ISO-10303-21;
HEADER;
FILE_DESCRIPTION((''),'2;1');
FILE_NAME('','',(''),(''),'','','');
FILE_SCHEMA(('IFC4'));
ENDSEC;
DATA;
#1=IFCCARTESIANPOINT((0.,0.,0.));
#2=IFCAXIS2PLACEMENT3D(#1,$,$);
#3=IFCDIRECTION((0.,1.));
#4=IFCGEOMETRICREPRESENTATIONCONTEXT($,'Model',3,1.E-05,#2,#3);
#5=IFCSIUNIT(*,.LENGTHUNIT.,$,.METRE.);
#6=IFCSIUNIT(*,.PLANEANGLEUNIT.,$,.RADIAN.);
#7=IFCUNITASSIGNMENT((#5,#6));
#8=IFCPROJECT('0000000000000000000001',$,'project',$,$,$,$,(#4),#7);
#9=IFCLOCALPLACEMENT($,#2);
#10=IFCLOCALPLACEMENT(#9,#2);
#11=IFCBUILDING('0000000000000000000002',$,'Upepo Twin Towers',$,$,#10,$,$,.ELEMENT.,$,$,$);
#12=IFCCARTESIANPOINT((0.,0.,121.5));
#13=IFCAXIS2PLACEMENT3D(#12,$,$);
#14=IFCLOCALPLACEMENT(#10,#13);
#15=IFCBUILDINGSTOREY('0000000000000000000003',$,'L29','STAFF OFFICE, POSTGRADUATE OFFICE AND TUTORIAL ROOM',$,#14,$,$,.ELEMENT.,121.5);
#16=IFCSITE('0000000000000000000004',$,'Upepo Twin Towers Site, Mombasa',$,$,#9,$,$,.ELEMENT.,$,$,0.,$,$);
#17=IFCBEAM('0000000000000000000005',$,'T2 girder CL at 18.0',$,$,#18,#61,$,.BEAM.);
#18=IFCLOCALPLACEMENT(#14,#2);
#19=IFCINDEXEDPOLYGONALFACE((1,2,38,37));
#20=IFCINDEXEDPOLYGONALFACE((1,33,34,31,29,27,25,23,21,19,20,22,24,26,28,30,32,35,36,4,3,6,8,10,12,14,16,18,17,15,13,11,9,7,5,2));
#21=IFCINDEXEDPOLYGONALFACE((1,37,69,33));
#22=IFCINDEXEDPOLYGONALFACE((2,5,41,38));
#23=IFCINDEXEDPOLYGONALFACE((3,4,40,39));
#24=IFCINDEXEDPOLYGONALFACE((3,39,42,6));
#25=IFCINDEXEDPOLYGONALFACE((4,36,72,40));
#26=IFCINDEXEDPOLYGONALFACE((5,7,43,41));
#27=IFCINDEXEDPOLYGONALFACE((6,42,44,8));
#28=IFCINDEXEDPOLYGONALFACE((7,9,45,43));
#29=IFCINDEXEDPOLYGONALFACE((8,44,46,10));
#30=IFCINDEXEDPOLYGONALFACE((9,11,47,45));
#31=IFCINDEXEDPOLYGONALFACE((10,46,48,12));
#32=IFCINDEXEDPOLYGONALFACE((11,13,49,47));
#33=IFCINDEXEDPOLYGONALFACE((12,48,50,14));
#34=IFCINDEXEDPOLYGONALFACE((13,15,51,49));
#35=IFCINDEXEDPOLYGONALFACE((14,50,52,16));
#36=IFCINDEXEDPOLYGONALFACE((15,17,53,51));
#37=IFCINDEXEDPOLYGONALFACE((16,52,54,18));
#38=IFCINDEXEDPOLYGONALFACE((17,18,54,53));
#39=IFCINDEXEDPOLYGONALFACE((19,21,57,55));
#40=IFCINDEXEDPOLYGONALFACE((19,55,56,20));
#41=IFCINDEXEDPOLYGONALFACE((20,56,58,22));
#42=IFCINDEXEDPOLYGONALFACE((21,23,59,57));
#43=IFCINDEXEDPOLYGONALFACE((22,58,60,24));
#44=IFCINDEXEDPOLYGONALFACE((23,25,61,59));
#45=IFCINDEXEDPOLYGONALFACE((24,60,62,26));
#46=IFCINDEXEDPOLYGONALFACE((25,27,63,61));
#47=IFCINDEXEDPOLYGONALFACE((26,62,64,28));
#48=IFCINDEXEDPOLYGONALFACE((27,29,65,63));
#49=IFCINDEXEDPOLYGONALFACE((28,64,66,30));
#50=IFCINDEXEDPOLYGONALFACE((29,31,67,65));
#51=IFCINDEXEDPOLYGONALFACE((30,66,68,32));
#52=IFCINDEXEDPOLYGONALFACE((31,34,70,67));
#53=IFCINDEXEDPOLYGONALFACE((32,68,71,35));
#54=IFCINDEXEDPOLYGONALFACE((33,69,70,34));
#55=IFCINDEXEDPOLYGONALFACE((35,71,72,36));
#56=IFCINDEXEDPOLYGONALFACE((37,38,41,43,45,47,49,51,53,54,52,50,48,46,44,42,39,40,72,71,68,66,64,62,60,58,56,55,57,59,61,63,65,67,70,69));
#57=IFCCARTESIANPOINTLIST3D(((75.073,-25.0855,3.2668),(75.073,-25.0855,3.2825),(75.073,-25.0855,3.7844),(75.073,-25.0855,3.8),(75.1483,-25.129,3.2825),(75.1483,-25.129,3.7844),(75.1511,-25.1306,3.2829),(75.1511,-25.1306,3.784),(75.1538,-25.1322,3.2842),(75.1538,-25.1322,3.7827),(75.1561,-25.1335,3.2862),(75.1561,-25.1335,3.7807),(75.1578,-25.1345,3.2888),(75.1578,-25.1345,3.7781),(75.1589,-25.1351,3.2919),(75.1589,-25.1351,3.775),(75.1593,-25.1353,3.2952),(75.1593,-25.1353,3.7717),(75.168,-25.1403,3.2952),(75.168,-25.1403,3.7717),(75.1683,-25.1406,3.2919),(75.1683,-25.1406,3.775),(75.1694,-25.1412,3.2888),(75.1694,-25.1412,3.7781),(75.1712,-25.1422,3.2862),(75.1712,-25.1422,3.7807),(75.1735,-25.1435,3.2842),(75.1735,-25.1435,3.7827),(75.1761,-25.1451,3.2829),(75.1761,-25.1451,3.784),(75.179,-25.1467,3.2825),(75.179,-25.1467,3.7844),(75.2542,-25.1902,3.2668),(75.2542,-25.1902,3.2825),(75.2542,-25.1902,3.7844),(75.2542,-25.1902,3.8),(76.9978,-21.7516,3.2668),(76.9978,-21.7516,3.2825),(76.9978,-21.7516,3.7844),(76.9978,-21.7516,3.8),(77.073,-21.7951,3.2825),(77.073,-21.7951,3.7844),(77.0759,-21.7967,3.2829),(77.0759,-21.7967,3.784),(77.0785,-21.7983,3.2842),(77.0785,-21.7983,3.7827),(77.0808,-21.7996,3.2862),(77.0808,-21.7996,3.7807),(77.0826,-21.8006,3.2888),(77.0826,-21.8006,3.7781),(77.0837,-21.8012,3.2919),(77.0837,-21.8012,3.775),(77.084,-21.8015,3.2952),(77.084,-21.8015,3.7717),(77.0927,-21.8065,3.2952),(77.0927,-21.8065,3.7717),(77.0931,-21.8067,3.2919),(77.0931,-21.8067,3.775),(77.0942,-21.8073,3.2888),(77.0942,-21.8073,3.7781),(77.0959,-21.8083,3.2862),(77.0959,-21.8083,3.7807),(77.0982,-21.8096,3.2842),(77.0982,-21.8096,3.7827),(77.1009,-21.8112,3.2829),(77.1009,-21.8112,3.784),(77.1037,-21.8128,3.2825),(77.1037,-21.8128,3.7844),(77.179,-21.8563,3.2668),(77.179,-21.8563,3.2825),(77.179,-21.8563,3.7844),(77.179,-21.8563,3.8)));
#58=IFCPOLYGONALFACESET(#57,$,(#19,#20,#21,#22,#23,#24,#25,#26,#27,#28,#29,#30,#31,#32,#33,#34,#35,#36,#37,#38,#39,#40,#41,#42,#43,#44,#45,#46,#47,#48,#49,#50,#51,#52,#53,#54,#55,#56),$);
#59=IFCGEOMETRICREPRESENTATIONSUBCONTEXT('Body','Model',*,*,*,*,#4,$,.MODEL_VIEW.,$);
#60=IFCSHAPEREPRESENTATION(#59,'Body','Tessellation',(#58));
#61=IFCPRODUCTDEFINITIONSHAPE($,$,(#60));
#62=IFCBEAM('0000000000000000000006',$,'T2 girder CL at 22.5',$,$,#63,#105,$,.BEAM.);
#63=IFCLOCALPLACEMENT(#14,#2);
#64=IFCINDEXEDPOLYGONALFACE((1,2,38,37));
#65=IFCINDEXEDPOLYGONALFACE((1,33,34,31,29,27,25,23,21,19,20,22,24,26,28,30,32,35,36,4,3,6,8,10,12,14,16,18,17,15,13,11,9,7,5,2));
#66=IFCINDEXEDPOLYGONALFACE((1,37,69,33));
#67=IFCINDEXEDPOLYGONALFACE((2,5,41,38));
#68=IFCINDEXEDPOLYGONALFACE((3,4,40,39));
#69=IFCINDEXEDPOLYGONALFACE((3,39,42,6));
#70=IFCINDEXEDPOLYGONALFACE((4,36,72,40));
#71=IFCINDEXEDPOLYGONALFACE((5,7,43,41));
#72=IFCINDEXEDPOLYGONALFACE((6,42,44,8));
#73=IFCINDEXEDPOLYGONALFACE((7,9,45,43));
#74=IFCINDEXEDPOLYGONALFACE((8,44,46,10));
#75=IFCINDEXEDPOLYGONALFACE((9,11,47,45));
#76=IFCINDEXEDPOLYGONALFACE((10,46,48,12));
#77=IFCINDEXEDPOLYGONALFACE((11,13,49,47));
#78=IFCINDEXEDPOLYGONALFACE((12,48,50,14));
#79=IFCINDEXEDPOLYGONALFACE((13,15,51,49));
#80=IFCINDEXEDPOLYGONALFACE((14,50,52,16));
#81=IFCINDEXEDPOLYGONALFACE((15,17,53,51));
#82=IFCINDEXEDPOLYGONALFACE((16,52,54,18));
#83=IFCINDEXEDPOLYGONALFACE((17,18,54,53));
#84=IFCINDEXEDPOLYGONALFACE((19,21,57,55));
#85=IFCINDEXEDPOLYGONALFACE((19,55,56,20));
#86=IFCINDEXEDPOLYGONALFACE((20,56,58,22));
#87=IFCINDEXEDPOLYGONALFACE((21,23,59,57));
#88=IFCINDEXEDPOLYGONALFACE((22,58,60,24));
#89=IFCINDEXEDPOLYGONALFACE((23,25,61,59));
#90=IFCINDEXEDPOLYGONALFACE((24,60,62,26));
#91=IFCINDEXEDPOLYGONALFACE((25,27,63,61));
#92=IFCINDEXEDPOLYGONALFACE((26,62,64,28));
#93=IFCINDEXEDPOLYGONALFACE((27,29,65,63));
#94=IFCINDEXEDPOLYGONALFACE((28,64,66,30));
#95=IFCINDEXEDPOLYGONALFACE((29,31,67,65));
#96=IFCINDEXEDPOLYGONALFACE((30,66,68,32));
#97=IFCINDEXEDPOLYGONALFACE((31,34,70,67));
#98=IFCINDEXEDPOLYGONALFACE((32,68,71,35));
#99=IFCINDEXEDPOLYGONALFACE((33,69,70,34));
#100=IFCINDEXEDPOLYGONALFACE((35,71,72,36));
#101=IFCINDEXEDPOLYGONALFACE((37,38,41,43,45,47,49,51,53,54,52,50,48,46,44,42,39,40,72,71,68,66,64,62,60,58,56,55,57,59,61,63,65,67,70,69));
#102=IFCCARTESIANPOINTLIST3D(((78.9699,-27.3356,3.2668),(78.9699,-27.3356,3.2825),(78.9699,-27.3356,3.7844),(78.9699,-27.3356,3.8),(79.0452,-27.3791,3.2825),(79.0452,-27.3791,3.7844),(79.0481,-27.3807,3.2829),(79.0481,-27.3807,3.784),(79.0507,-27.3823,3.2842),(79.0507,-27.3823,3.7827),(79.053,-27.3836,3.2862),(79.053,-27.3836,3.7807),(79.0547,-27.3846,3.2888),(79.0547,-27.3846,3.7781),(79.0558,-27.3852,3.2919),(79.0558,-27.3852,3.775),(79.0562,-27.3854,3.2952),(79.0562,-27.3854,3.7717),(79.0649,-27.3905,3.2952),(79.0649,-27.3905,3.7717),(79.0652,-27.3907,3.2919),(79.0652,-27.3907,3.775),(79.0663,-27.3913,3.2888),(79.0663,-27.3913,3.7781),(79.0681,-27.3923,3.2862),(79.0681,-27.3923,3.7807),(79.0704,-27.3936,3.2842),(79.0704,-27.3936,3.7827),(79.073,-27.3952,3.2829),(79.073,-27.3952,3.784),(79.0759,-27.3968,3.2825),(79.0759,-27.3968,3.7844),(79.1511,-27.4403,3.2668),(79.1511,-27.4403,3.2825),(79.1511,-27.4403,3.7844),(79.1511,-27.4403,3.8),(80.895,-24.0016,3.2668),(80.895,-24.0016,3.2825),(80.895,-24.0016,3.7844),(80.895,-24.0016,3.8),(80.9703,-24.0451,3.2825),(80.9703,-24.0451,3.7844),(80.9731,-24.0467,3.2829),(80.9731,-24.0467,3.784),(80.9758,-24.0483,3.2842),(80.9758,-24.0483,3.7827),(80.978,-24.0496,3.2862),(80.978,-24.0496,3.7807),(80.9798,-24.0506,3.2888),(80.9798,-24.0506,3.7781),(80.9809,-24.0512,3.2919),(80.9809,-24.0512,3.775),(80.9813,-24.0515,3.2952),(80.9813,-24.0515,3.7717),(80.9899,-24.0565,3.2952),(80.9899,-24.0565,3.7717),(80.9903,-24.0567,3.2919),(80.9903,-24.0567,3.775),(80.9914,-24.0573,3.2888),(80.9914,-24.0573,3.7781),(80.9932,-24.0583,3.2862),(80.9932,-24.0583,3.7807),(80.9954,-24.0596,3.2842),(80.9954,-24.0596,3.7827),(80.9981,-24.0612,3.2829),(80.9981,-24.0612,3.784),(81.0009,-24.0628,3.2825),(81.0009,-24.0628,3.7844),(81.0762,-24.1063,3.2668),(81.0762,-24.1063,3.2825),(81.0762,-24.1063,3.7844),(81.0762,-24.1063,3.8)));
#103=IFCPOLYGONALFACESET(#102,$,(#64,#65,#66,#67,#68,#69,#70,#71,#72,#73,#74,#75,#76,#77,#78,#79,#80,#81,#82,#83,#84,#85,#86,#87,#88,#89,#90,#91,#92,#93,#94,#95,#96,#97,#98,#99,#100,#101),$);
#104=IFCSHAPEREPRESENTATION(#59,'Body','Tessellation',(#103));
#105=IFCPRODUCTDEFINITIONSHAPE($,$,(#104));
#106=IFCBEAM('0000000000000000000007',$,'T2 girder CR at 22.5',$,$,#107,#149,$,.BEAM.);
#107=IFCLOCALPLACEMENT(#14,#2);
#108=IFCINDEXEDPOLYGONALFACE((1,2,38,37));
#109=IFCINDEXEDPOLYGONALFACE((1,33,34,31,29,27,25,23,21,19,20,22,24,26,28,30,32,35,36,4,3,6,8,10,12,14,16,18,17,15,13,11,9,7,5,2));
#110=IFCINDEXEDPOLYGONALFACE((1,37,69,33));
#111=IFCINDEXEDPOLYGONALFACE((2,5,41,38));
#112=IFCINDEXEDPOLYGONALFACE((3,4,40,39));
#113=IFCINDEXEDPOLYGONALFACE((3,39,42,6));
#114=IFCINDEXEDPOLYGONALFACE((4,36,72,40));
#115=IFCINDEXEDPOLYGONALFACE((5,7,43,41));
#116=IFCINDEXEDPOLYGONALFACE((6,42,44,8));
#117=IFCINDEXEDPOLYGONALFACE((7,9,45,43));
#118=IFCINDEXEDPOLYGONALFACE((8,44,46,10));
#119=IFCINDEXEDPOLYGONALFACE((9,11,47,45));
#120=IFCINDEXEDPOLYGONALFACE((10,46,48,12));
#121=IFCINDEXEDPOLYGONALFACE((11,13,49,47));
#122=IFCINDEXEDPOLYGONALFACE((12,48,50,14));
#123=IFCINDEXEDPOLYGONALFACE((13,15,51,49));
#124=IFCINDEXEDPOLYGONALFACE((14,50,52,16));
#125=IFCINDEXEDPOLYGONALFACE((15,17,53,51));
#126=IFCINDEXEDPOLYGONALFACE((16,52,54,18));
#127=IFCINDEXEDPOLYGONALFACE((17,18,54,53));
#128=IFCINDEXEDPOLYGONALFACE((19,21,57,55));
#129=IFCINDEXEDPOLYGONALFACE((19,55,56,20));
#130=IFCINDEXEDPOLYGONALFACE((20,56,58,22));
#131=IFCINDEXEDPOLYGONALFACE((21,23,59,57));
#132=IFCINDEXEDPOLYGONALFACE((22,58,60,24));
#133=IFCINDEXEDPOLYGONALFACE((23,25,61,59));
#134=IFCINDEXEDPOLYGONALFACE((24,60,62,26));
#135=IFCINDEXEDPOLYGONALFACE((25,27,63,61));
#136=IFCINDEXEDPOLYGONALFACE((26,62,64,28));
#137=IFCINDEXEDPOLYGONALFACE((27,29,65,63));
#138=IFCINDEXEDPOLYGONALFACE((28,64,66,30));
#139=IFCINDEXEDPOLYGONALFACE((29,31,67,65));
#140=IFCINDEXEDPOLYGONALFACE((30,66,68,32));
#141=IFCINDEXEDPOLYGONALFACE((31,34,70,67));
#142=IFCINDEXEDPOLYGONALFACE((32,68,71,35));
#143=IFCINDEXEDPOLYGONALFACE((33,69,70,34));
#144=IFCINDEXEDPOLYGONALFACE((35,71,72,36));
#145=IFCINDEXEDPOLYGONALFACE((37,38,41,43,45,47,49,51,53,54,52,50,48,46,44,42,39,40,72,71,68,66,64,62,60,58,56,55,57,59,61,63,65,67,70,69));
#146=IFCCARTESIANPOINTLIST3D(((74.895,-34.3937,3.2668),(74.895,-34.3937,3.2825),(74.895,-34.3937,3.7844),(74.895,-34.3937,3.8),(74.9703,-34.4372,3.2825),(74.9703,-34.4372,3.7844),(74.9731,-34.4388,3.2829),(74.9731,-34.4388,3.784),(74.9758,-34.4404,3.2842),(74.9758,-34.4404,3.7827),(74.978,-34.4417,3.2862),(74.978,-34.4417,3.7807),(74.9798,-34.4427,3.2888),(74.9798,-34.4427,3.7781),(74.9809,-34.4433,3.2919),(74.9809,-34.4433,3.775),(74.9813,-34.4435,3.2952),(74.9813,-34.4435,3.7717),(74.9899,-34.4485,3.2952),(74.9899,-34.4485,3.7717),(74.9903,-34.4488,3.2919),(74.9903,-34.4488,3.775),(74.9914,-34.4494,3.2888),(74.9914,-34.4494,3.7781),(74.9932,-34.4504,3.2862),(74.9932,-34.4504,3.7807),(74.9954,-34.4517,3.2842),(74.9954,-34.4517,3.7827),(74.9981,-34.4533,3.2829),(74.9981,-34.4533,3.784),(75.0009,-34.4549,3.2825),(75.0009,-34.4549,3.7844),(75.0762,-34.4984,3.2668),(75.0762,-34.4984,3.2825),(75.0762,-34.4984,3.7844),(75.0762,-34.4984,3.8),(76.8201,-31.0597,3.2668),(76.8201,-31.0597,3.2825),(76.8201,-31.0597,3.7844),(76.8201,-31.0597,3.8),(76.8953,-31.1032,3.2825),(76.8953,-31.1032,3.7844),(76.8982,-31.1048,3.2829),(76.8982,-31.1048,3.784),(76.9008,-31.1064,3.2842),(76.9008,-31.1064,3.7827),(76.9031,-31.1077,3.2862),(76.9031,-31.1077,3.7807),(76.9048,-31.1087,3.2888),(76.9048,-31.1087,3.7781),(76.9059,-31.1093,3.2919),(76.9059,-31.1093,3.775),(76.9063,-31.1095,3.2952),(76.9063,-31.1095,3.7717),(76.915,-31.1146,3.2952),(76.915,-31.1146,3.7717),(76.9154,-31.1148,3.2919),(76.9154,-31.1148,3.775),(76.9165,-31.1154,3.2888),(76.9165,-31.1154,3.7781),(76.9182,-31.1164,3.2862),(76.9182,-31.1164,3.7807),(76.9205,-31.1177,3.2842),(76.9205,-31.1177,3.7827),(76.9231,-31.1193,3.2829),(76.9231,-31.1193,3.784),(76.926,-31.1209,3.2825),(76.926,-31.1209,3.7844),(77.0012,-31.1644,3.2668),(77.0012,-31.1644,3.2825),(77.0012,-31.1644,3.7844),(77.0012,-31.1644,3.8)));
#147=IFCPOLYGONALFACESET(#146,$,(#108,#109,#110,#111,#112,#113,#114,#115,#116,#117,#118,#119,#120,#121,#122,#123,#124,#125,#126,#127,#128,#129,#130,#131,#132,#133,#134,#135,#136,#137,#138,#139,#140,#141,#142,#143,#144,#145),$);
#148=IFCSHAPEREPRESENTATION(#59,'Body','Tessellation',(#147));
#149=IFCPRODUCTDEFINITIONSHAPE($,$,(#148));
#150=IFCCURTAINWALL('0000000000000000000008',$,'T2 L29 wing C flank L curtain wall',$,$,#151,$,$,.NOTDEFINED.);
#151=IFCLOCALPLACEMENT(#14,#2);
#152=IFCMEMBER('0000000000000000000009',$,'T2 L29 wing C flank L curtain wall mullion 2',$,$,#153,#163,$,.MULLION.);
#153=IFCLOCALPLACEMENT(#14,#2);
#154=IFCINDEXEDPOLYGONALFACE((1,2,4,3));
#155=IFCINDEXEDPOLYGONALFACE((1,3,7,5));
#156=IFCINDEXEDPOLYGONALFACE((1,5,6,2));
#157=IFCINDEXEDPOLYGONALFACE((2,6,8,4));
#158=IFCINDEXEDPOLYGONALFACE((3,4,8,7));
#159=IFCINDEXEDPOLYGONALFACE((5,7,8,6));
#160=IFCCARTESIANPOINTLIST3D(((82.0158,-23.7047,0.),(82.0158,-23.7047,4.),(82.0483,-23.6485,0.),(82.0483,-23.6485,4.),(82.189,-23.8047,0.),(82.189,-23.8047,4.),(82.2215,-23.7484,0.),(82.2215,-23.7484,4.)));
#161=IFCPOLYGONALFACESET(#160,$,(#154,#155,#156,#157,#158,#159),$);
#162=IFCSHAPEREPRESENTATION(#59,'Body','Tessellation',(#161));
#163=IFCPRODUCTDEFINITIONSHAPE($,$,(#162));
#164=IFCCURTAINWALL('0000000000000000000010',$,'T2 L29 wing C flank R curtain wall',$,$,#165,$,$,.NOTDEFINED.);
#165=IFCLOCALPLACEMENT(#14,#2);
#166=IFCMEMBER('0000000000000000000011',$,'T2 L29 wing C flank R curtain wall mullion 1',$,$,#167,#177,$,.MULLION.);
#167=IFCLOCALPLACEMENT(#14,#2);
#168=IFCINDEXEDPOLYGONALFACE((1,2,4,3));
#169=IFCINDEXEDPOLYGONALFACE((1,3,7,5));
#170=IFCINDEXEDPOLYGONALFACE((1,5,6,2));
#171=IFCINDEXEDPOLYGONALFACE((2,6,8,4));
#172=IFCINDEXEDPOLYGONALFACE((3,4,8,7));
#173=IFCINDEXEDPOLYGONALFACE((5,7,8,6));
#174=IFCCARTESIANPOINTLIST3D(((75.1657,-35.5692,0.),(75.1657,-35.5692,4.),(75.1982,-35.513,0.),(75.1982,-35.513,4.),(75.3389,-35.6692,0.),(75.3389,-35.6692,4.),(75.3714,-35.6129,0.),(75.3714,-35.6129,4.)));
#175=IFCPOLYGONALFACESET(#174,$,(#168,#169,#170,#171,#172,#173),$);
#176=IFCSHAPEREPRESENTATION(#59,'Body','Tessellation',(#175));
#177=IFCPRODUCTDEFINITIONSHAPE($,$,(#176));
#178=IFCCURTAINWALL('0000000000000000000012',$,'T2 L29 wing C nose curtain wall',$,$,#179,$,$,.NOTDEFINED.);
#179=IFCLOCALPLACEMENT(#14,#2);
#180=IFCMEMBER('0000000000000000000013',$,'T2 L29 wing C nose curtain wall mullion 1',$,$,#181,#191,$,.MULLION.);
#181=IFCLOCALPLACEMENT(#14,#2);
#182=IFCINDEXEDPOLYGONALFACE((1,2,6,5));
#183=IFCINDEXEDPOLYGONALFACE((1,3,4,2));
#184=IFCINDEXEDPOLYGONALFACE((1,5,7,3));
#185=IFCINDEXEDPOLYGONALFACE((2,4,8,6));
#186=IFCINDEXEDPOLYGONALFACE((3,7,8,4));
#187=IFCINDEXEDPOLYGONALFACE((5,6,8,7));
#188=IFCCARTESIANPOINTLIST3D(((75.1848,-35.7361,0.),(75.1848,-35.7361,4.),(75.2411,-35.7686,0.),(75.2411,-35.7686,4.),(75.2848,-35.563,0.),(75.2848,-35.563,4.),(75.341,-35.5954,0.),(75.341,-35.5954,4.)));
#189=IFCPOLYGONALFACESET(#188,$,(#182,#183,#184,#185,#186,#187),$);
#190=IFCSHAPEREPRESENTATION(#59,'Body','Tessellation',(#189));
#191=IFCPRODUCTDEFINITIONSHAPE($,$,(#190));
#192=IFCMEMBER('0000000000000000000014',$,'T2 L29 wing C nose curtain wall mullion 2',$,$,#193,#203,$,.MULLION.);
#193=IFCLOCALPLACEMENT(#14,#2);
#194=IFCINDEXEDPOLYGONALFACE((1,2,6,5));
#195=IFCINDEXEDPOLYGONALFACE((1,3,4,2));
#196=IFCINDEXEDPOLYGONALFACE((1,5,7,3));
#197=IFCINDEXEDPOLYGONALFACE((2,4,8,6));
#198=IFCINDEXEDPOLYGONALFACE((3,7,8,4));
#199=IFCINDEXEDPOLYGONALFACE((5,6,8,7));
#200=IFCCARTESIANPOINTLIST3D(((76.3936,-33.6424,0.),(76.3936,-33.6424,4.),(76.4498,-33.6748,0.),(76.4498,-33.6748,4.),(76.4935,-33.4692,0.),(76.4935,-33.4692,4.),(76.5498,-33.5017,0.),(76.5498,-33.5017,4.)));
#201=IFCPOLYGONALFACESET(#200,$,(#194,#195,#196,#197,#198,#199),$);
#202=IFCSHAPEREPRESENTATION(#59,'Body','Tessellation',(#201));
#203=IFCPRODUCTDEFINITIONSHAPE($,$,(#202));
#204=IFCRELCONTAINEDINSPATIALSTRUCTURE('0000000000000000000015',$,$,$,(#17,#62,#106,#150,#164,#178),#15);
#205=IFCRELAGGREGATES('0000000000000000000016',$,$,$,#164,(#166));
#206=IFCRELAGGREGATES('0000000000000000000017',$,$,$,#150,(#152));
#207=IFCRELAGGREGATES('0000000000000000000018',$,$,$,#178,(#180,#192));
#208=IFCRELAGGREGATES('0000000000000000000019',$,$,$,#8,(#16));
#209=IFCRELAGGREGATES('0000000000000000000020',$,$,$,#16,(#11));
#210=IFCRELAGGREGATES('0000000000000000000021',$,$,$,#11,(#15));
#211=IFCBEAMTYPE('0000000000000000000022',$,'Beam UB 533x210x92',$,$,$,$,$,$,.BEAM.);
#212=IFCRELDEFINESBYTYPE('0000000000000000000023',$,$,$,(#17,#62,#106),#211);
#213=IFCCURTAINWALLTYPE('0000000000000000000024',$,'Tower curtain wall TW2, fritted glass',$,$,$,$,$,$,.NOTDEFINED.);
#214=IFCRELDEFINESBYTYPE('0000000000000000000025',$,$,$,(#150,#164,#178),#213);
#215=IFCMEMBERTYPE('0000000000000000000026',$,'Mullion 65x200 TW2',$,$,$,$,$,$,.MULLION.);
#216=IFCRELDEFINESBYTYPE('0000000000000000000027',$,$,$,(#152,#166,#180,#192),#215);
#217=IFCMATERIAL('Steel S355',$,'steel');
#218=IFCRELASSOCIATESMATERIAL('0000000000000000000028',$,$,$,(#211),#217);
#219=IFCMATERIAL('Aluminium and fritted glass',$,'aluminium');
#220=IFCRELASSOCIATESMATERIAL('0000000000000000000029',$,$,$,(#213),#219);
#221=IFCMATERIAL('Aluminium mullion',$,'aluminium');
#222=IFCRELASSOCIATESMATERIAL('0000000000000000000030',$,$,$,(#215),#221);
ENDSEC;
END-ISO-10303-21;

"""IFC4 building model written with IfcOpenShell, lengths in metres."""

from ifc_helpers import new_model, si_unit, direction, frame, origin, origin_2d, place, context, subcontext, project, spatial, rectangle, i_section, extrude, material, material_profile, profile_set, type_object, element, aggregate, save


model = new_model("IFC4")

# Units and contexts
model_context = context("Model", 3, precision=1e-05, world=origin(), true_north=direction((0.0, 1.0)))
body_context = subcontext(model_context, "Body", "Model", "MODEL_VIEW")
ifc_project = project(units=[si_unit("LENGTHUNIT", "METRE"), si_unit("PLANEANGLEUNIT", "RADIAN")], contexts=[model_context])

# Site, building, storey
site_placement = place(None, origin())
site = spatial("IfcSite", under=ifc_project, at=site_placement, Name="Upepo Twin Towers Site, Mombasa", CompositionType="ELEMENT", RefElevation=0.0)
building_placement = place(site_placement, origin())
building = spatial("IfcBuilding", under=site, at=building_placement, Name="Upepo Twin Towers", CompositionType="ELEMENT")
storey_placement = place(building_placement, frame((0.0, 0.0, 121.5)))
storey = spatial("IfcBuildingStorey", under=building, at=storey_placement, Name="L29", Description="STAFF OFFICE, POSTGRADUATE OFFICE AND TUTORIAL ROOM", CompositionType="ELEMENT", Elevation=121.5)

# Beams
ifc_material_1 = material(Name="Steel S355", Category="steel")
ifc_material_profile_1 = material_profile(ifc_material_1, i_section(OverallWidth=0.2092, OverallDepth=0.5332, WebThickness=0.01, FlangeThickness=0.0156, FilletRadius=0.0127, at=origin_2d()), Name="UB 533x210x92")
ifc_profile_set_1 = profile_set([ifc_material_profile_1], Name="Steel S355")
beam_type_1 = type_object("IfcBeamType", Name="Beam UB 533x210x92", PredefinedType="BEAM", material=ifc_profile_set_1)
beam_1_placement = place(storey_placement, frame((77.0884, -21.804, 3.5334), z_axis=(-0.499986, -0.866034, 0.0), x_axis=(0.866034, -0.499986, 0.0)))
element("IfcBeam", 1, at=beam_1_placement, inside=storey, type_object=beam_type_1, Name="T2 girder CL at 18.0", PredefinedType="BEAM", context=body_context, shape_type="SweptSolid", body=[
    extrude(i_section(OverallWidth=0.2092, OverallDepth=0.5332, WebThickness=0.01, FlangeThickness=0.0156, FilletRadius=0.0127, at=origin_2d()), origin(), (0.0, 0.0, 1.0), 3.8496),
])
for number, where, z_axis, x_axis, name in (
    (2, (80.9856, -24.054, 3.5334), (-0.500034, -0.866006, 0.0), (0.866006, -0.500034, 0.0), "T2 girder CL at 22.5"),
    (3, (74.9856, -34.446, 3.5334), (0.500034, 0.866006, 0.0), (-0.866006, 0.500034, 0.0), "T2 girder CR at 22.5"),
):
    element("IfcBeam", number, at=place(storey_placement, frame(where, z_axis=z_axis, x_axis=x_axis)), inside=storey, type_object=beam_type_1, Name=name, PredefinedType="BEAM", context=body_context, shape_type="SweptSolid", body=[
        extrude(i_section(OverallWidth=0.2092, OverallDepth=0.5332, WebThickness=0.01, FlangeThickness=0.0156, FilletRadius=0.0127, at=origin_2d()), origin(), (0.0, 0.0, 1.0), 3.8499),
    ])

# Curtain walls, members
ifc_material_2 = material(Name="Aluminium and fritted glass", Category="aluminium")
curtain_wall_type = type_object("IfcCurtainWallType", Name="Tower curtain wall TW2, fritted glass", PredefinedType="NOTDEFINED", material=ifc_material_2)
curtain_wall_1_placement = place(storey_placement, origin())
curtain_wall_1 = element("IfcCurtainWall", 4, at=curtain_wall_1_placement, inside=storey, type_object=curtain_wall_type, Name="T2 L29 wing C flank L curtain wall", PredefinedType="NOTDEFINED")
ifc_material_3 = material(Name="Aluminium mullion", Category="aluminium")
ifc_material_profile_2 = material_profile(ifc_material_3, rectangle(XDim=0.0649, YDim=0.2, at=origin_2d()), Name="MULLION 65x200")
ifc_profile_set_2 = profile_set([ifc_material_profile_2], Name="Aluminium mullion")
member_type_1 = type_object("IfcMemberType", Name="Mullion 65x200 TW2", PredefinedType="MULLION", material=ifc_profile_set_2)
member_1_placement = place(storey_placement, frame((82.1187, -23.7266, 0.0), z_axis=(0.0, 0.0, 1.0), x_axis=(0.5, 0.866025, 0.0)))
member_1 = element("IfcMember", 5, at=member_1_placement, type_object=member_type_1, Name="T2 L29 wing C flank L curtain wall mullion 2", PredefinedType="MULLION", context=body_context, shape_type="SweptSolid", body=[
    extrude(rectangle(XDim=0.0649, YDim=0.2, at=origin_2d()), origin(), (0.0, 0.0, 1.0), 4.0),
])
curtain_wall_2_placement = place(storey_placement, origin())
curtain_wall_2 = element("IfcCurtainWall", 6, at=curtain_wall_2_placement, inside=storey, type_object=curtain_wall_type, Name="T2 L29 wing C flank R curtain wall", PredefinedType="NOTDEFINED")
member_2_placement = place(storey_placement, frame((75.2686, -35.5911, 0.0), z_axis=(0.0, 0.0, 1.0), x_axis=(-0.5, -0.866025, 0.0)))
member_2 = element("IfcMember", 7, at=member_2_placement, type_object=member_type_1, Name="T2 L29 wing C flank R curtain wall mullion 1", PredefinedType="MULLION", context=body_context, shape_type="SweptSolid", body=[
    extrude(rectangle(XDim=0.0649, YDim=0.2, at=origin_2d()), origin(), (0.0, 0.0, 1.0), 4.0),
])

# Curtain wall, members
curtain_wall_3_placement = place(storey_placement, origin())
curtain_wall_3 = element("IfcCurtainWall", 8, at=curtain_wall_3_placement, inside=storey, type_object=curtain_wall_type, Name="T2 L29 wing C nose curtain wall", PredefinedType="NOTDEFINED")
member_3_placement = place(storey_placement, frame((75.2629, -35.6658, 0.0), z_axis=(0.0, 0.0, 1.0), x_axis=(-0.866025, 0.5, 0.0)))
member_3 = element("IfcMember", 9, at=member_3_placement, type_object=member_type_1, Name="T2 L29 wing C nose curtain wall mullion 1", PredefinedType="MULLION", context=body_context, shape_type="SweptSolid", body=[
    extrude(rectangle(XDim=0.0649, YDim=0.2, at=origin_2d()), origin(), (0.0, 0.0, 1.0), 4.0),
])
member_4_placement = place(storey_placement, frame((76.4717, -33.572, 0.0), z_axis=(0.0, 0.0, 1.0), x_axis=(-0.866025, 0.5, 0.0)))
member_4 = element("IfcMember", 10, at=member_4_placement, type_object=member_type_1, Name="T2 L29 wing C nose curtain wall mullion 2", PredefinedType="MULLION", context=body_context, shape_type="SweptSolid", body=[
    extrude(rectangle(XDim=0.0649, YDim=0.2, at=origin_2d()), origin(), (0.0, 0.0, 1.0), 4.0),
])

aggregate(curtain_wall_2, [member_2])

aggregate(curtain_wall_1, [member_1])
aggregate(curtain_wall_3, [member_3, member_4])

save(model, "model.ifc")
